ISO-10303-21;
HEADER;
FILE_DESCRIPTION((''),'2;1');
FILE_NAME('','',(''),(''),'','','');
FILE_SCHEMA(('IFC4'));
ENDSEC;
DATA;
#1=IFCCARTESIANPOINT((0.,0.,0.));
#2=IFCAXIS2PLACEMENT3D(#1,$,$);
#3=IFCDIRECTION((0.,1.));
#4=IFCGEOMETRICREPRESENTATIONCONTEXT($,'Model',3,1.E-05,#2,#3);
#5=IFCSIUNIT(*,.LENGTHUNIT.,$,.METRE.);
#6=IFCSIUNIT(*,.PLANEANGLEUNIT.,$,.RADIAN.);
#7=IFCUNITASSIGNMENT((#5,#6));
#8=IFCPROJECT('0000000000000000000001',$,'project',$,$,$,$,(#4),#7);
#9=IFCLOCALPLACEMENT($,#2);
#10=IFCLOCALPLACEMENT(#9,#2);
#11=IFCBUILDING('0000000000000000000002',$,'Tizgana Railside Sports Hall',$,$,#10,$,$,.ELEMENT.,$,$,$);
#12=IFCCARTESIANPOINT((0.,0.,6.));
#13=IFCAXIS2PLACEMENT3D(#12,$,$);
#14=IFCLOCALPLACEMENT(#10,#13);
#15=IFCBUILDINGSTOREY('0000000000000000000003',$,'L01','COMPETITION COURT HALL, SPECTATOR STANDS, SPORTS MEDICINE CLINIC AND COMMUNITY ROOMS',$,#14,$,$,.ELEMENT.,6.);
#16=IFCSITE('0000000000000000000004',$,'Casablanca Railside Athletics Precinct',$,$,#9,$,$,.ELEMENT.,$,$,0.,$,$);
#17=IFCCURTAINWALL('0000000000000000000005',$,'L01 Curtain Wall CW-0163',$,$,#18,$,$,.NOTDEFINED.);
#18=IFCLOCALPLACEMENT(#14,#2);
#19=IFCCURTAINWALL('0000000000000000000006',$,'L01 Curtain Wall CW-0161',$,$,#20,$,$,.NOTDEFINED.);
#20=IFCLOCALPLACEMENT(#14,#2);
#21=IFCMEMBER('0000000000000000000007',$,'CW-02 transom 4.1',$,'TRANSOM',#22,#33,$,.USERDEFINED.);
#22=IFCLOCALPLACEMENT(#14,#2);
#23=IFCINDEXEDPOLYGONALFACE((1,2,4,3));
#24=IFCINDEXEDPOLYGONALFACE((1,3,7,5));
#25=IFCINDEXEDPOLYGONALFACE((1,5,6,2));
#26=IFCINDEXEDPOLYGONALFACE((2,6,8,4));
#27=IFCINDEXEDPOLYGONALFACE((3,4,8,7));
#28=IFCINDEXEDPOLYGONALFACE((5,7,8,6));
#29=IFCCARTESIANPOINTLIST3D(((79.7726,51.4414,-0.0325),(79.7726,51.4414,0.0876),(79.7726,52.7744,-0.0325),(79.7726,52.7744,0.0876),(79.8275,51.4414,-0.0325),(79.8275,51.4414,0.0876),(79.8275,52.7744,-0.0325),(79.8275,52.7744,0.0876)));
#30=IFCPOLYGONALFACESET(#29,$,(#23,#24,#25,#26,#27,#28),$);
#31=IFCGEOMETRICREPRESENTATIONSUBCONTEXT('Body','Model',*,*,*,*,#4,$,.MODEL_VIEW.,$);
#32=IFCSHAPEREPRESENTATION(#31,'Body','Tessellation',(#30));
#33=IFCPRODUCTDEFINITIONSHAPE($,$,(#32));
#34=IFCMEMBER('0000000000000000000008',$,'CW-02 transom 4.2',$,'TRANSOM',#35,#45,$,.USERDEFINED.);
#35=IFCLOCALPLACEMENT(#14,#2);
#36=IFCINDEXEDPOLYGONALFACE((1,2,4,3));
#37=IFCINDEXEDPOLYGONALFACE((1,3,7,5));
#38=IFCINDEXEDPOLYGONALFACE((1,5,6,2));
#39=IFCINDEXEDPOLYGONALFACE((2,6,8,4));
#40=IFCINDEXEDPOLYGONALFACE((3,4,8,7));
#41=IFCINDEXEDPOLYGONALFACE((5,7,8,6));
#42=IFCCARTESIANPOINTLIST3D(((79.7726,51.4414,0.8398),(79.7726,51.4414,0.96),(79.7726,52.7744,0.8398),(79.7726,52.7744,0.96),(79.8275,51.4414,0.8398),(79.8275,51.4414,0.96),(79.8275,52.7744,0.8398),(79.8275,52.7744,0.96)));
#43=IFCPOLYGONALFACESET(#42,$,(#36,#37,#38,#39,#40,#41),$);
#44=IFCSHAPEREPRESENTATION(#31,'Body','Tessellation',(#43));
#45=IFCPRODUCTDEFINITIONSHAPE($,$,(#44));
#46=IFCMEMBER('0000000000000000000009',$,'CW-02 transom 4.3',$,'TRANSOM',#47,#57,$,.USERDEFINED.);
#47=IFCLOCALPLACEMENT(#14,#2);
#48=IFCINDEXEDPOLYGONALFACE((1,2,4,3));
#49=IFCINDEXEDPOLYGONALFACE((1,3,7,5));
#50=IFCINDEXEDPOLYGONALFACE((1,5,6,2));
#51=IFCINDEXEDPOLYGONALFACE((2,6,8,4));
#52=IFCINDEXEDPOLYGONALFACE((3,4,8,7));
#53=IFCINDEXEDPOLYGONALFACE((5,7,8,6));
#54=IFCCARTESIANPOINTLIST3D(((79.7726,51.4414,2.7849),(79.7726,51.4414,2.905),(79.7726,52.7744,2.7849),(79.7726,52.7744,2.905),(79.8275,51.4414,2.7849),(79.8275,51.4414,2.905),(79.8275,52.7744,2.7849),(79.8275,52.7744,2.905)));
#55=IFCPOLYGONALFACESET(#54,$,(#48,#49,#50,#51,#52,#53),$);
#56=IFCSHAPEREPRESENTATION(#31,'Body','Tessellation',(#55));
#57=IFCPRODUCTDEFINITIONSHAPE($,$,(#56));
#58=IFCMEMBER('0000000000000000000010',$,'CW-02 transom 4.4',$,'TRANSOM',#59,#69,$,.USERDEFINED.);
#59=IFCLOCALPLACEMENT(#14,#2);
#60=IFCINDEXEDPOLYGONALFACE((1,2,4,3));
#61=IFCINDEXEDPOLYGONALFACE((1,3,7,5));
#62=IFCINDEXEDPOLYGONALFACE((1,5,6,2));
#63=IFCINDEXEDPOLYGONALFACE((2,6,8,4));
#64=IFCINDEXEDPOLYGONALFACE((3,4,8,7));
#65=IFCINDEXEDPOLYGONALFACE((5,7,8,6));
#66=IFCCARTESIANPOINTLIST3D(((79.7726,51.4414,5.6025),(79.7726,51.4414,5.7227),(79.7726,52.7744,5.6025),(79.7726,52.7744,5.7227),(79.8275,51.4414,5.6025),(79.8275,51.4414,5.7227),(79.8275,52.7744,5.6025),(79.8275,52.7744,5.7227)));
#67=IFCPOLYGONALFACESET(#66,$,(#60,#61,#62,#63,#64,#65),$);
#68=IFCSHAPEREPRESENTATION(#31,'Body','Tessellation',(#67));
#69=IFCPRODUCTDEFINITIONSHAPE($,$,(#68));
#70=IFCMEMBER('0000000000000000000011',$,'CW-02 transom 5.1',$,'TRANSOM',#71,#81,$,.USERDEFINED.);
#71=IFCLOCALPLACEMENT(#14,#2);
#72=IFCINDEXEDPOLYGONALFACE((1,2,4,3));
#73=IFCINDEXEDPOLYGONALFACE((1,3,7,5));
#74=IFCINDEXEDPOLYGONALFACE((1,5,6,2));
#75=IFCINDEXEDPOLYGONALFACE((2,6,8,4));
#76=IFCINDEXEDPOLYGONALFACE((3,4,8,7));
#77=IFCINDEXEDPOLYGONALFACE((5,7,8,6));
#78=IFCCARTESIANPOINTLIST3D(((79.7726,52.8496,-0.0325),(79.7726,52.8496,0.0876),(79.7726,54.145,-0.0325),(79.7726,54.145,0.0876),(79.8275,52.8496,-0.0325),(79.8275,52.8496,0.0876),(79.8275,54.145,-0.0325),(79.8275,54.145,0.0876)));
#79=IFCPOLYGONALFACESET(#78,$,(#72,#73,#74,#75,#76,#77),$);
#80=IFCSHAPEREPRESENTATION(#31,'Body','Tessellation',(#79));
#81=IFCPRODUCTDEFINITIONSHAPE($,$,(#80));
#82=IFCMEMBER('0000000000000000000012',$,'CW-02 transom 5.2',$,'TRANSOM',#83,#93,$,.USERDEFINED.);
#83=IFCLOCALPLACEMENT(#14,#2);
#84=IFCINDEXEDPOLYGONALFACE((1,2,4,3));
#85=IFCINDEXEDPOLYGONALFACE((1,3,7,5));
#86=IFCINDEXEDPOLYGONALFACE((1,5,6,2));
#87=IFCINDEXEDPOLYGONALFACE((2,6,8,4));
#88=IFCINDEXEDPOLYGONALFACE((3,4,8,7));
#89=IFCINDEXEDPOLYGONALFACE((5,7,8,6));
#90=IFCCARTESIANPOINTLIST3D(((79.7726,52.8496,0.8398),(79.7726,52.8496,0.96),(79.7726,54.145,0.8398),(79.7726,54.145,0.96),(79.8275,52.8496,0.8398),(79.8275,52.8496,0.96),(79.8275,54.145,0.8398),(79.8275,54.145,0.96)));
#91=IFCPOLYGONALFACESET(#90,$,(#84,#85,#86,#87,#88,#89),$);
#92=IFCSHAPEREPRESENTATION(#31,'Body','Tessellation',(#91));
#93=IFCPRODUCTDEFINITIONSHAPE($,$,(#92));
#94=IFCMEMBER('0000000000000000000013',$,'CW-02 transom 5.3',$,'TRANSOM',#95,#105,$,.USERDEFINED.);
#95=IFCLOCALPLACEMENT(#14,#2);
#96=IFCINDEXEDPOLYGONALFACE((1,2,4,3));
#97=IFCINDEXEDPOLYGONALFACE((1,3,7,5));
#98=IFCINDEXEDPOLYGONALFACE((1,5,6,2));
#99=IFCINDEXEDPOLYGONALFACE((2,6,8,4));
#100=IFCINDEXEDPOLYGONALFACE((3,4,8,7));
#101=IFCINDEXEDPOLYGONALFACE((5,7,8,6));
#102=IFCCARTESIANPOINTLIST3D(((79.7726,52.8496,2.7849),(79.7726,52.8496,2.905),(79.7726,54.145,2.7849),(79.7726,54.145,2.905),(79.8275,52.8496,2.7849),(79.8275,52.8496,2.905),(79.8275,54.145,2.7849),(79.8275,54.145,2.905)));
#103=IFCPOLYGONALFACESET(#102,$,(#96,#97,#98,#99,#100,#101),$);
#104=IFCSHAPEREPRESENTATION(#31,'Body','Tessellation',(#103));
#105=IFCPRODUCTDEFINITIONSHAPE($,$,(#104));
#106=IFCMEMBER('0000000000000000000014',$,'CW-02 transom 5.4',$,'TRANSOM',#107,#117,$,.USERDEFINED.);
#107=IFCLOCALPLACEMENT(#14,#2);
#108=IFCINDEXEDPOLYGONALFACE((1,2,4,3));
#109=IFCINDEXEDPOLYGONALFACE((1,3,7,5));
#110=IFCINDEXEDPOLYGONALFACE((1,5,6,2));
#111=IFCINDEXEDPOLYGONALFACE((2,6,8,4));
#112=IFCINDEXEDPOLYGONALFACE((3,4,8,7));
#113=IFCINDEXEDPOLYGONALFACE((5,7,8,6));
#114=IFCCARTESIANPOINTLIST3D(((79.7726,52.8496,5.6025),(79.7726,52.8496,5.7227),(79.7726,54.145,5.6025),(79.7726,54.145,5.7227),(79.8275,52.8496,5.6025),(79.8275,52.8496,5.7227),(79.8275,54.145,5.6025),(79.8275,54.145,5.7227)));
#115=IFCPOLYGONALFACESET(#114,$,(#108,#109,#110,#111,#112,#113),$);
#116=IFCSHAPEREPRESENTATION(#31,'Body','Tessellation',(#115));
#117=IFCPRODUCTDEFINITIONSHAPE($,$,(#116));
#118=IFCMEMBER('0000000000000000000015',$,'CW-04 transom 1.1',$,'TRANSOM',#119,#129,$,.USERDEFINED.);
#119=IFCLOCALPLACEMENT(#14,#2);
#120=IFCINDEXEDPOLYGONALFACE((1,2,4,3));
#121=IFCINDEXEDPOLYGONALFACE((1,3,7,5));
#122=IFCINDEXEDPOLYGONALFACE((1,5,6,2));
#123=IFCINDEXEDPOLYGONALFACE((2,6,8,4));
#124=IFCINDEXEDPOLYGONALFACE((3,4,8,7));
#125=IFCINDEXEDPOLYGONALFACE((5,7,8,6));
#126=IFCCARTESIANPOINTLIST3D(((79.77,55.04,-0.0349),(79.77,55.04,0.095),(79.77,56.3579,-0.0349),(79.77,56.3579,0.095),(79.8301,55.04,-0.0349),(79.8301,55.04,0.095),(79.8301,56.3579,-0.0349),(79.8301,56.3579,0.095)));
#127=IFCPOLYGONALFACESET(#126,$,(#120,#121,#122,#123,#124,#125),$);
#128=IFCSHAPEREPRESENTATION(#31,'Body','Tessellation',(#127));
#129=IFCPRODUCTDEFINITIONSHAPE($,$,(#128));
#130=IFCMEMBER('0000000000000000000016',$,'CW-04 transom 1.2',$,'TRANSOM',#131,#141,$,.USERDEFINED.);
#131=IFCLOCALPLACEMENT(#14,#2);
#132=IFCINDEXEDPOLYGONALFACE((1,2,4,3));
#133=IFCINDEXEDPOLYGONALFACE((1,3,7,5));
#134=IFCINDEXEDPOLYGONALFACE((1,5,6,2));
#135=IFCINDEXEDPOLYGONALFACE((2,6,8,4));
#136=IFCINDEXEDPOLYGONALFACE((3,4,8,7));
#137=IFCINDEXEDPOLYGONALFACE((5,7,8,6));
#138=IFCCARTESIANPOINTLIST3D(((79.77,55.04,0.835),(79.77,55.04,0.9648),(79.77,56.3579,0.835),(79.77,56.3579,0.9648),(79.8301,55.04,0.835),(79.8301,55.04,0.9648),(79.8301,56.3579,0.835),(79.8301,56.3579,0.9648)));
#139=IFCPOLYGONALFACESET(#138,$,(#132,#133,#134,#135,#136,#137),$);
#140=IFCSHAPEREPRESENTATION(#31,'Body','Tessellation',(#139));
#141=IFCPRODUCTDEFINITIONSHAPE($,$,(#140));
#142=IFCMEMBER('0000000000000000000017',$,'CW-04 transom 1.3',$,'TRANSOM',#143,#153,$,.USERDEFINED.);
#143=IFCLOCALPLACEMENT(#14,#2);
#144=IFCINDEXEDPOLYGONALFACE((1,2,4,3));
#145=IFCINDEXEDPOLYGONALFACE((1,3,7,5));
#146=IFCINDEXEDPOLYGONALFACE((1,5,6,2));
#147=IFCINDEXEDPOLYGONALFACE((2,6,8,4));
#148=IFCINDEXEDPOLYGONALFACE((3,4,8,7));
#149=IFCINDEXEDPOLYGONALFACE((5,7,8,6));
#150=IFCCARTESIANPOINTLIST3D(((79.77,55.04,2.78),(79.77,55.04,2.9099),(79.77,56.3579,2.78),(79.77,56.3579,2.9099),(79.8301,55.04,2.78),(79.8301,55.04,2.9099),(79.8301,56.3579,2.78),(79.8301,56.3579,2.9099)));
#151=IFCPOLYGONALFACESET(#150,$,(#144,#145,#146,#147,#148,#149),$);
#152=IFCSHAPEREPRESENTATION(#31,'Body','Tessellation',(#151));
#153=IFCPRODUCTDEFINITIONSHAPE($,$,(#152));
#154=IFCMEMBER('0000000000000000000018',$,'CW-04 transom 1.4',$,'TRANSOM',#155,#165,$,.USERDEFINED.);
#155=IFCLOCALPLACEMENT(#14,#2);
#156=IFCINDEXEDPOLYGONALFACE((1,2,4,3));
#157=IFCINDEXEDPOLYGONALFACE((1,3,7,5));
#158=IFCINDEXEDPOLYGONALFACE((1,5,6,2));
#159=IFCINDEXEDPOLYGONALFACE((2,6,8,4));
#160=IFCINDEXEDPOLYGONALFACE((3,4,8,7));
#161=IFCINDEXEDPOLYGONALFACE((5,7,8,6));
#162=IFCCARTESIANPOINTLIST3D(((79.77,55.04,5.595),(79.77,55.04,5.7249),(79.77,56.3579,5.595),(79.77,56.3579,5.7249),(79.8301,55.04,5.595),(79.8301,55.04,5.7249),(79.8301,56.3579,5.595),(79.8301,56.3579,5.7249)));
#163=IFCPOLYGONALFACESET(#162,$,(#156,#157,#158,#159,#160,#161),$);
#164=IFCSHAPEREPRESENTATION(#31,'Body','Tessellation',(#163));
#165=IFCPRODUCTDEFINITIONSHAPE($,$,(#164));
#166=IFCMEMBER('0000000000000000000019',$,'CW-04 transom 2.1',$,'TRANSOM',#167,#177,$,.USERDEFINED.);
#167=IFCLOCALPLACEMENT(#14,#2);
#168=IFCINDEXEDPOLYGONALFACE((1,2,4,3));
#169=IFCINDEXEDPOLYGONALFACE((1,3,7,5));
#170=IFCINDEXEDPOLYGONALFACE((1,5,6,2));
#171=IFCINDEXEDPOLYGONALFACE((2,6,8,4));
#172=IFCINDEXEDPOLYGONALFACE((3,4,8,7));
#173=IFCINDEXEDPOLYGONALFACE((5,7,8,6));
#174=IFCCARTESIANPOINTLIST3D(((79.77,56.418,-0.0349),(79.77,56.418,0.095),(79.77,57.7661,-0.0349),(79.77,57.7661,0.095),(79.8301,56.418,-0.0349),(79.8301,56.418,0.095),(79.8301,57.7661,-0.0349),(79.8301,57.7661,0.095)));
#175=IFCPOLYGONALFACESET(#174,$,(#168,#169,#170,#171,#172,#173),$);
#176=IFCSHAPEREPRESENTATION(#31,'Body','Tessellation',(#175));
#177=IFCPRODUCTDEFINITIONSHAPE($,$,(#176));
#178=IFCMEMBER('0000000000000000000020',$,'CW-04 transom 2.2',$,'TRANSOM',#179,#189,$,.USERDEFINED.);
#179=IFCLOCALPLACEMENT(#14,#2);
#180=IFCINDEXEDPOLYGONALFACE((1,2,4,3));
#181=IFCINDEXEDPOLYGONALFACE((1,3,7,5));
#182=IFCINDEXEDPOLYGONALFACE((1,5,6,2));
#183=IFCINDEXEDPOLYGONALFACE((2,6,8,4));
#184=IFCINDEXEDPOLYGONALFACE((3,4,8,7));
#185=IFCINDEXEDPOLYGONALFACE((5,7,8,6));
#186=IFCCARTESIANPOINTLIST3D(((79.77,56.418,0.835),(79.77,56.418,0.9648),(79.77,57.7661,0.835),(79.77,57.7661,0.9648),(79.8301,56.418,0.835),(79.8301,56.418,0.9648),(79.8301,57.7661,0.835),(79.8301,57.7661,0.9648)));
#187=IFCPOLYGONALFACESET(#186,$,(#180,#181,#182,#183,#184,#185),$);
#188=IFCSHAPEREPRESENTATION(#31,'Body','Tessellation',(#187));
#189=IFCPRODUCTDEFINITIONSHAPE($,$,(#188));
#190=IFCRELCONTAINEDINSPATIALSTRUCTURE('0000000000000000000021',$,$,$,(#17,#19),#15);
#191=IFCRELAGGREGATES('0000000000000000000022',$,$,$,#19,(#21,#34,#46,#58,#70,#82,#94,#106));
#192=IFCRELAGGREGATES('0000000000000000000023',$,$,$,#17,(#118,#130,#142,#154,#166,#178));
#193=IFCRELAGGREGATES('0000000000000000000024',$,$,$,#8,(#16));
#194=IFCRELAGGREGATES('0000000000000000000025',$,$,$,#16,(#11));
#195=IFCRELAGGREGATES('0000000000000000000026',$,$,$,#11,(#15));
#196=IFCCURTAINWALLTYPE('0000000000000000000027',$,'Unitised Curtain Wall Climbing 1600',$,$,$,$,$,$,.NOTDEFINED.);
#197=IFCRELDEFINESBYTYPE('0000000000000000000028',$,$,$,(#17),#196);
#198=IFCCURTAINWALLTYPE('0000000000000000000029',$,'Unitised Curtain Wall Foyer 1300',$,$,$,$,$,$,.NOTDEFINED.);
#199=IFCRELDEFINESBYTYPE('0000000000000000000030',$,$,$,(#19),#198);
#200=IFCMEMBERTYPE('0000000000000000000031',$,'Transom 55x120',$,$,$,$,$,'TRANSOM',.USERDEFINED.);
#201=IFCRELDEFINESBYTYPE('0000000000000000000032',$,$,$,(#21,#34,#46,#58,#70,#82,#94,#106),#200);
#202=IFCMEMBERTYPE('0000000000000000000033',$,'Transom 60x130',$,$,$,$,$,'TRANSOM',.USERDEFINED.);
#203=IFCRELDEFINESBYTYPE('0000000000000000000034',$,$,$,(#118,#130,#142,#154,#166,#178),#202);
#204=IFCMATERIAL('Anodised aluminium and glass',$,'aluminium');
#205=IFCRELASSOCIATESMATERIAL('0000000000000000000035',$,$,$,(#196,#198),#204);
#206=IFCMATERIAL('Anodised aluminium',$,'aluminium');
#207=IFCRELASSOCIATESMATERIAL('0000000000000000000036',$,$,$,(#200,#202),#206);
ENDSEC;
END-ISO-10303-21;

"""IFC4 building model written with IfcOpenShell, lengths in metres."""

from ifc_helpers import new_model, si_unit, direction, frame, origin, origin_2d, place, context, subcontext, project, spatial, rectangle, extrude, material, material_profile, profile_set, type_object, element, aggregate, save


model = new_model("IFC4")

# Units and contexts
model_context = context("Model", 3, precision=1e-05, world=origin(), true_north=direction((0.0, 1.0)))
body_context = subcontext(model_context, "Body", "Model", "MODEL_VIEW")
ifc_project = project(units=[si_unit("LENGTHUNIT", "METRE"), si_unit("PLANEANGLEUNIT", "RADIAN")], contexts=[model_context])

# Site, building, storey
site_placement = place(None, origin())
site = spatial("IfcSite", under=ifc_project, at=site_placement, Name="Casablanca Railside Athletics Precinct", CompositionType="ELEMENT", RefElevation=0.0)
building_placement = place(site_placement, origin())
building = spatial("IfcBuilding", under=site, at=building_placement, Name="Tizgana Railside Sports Hall", CompositionType="ELEMENT")
storey_placement = place(building_placement, frame((0.0, 0.0, 6.0)))
storey = spatial("IfcBuildingStorey", under=building, at=storey_placement, Name="L01", Description="COMPETITION COURT HALL, SPECTATOR STANDS, SPORTS MEDICINE CLINIC AND COMMUNITY ROOMS", CompositionType="ELEMENT", Elevation=6.0)

# Curtain walls
ifc_material_1 = material(Name="Anodised aluminium and glass", Category="aluminium")
curtain_wall_type_1 = type_object("IfcCurtainWallType", Name="Unitised Curtain Wall Climbing 1600", PredefinedType="NOTDEFINED", material=ifc_material_1)
curtain_wall_1_placement = place(storey_placement, origin())
curtain_wall_1 = element("IfcCurtainWall", 1, at=curtain_wall_1_placement, inside=storey, type_object=curtain_wall_type_1, Name="L01 Curtain Wall CW-0163", PredefinedType="NOTDEFINED")
ifc_material_2 = material(Name="Anodised aluminium", Category="aluminium")
curtain_wall_type_2 = type_object("IfcCurtainWallType", Name="Unitised Curtain Wall Foyer 1300", PredefinedType="NOTDEFINED", material=ifc_material_1)
curtain_wall_2_placement = place(storey_placement, origin())
curtain_wall_2 = element("IfcCurtainWall", 2, at=curtain_wall_2_placement, inside=storey, type_object=curtain_wall_type_2, Name="L01 Curtain Wall CW-0161", PredefinedType="NOTDEFINED")

# Members
ifc_material_profile_1 = material_profile(ifc_material_2, rectangle(XDim=0.0549, YDim=0.1201, at=origin_2d()), Name="Transom 55x120")
ifc_profile_set_1 = profile_set([ifc_material_profile_1], Name="Anodised aluminium")
member_type_1 = type_object("IfcMemberType", Name="Transom 55x120", ElementType="TRANSOM", PredefinedType="USERDEFINED", material=ifc_profile_set_1)
member_1_placement = place(storey_placement, frame((79.8, 51.4414, 0.0276), z_axis=(0.0, 1.0, 0.0), x_axis=(-1.0, 0.0, 0.0)))
member_1 = element("IfcMember", 3, at=member_1_placement, type_object=member_type_1, Name="CW-02 transom 4.1", ObjectType="TRANSOM", PredefinedType="USERDEFINED", context=body_context, shape_type="SweptSolid", body=[
    extrude(rectangle(XDim=0.0549, YDim=0.1201, at=origin_2d()), origin(), (0.0, 0.0, 1.0), 1.333),
])
member_2_placement = place(storey_placement, frame((79.8, 51.4414, 0.8999), z_axis=(0.0, 1.0, 0.0), x_axis=(-1.0, 0.0, 0.0)))
member_2 = element("IfcMember", 4, at=member_2_placement, type_object=member_type_1, Name="CW-02 transom 4.2", ObjectType="TRANSOM", PredefinedType="USERDEFINED", context=body_context, shape_type="SweptSolid", body=[
    extrude(rectangle(XDim=0.0549, YDim=0.1201, at=origin_2d()), origin(), (0.0, 0.0, 1.0), 1.333),
])
member_3_placement = place(storey_placement, frame((79.8, 51.4414, 2.845), z_axis=(0.0, 1.0, 0.0), x_axis=(-1.0, 0.0, 0.0)))
member_3 = element("IfcMember", 5, at=member_3_placement, type_object=member_type_1, Name="CW-02 transom 4.3", ObjectType="TRANSOM", PredefinedType="USERDEFINED", context=body_context, shape_type="SweptSolid", body=[
    extrude(rectangle(XDim=0.0549, YDim=0.1201, at=origin_2d()), origin(), (0.0, 0.0, 1.0), 1.333),
])
member_4_placement = place(storey_placement, frame((79.8, 51.4414, 5.6626), z_axis=(0.0, 1.0, 0.0), x_axis=(-1.0, 0.0, 0.0)))
member_4 = element("IfcMember", 6, at=member_4_placement, type_object=member_type_1, Name="CW-02 transom 4.4", ObjectType="TRANSOM", PredefinedType="USERDEFINED", context=body_context, shape_type="SweptSolid", body=[
    extrude(rectangle(XDim=0.0549, YDim=0.1201, at=origin_2d()), origin(), (0.0, 0.0, 1.0), 1.333),
])
member_5_placement = place(storey_placement, frame((79.8, 52.8496, 0.0276), z_axis=(0.0, 1.0, 0.0), x_axis=(-1.0, 0.0, 0.0)))
member_5 = element("IfcMember", 7, at=member_5_placement, type_object=member_type_1, Name="CW-02 transom 5.1", ObjectType="TRANSOM", PredefinedType="USERDEFINED", context=body_context, shape_type="SweptSolid", body=[
    extrude(rectangle(XDim=0.0549, YDim=0.1201, at=origin_2d()), origin(), (0.0, 0.0, 1.0), 1.2954),
])
member_6_placement = place(storey_placement, frame((79.8, 52.8496, 0.8999), z_axis=(0.0, 1.0, 0.0), x_axis=(-1.0, 0.0, 0.0)))
member_6 = element("IfcMember", 8, at=member_6_placement, type_object=member_type_1, Name="CW-02 transom 5.2", ObjectType="TRANSOM", PredefinedType="USERDEFINED", context=body_context, shape_type="SweptSolid", body=[
    extrude(rectangle(XDim=0.0549, YDim=0.1201, at=origin_2d()), origin(), (0.0, 0.0, 1.0), 1.2954),
])
member_7_placement = place(storey_placement, frame((79.8, 52.8496, 2.845), z_axis=(0.0, 1.0, 0.0), x_axis=(-1.0, 0.0, 0.0)))
member_7 = element("IfcMember", 9, at=member_7_placement, type_object=member_type_1, Name="CW-02 transom 5.3", ObjectType="TRANSOM", PredefinedType="USERDEFINED", context=body_context, shape_type="SweptSolid", body=[
    extrude(rectangle(XDim=0.0549, YDim=0.1201, at=origin_2d()), origin(), (0.0, 0.0, 1.0), 1.2954),
])
member_8_placement = place(storey_placement, frame((79.8, 52.8496, 5.6626), z_axis=(0.0, 1.0, 0.0), x_axis=(-1.0, 0.0, 0.0)))
member_8 = element("IfcMember", 10, at=member_8_placement, type_object=member_type_1, Name="CW-02 transom 5.4", ObjectType="TRANSOM", PredefinedType="USERDEFINED", context=body_context, shape_type="SweptSolid", body=[
    extrude(rectangle(XDim=0.0549, YDim=0.1201, at=origin_2d()), origin(), (0.0, 0.0, 1.0), 1.2954),
])
ifc_material_profile_2 = material_profile(ifc_material_2, rectangle(XDim=0.0601, YDim=0.1299, at=origin_2d()), Name="Transom 60x130")
ifc_profile_set_2 = profile_set([ifc_material_profile_2], Name="Anodised aluminium")
member_type_2 = type_object("IfcMemberType", Name="Transom 60x130", ElementType="TRANSOM", PredefinedType="USERDEFINED", material=ifc_profile_set_2)
member_9_placement = place(storey_placement, frame((79.8, 55.04, 0.03), z_axis=(0.0, 1.0, 0.0), x_axis=(-1.0, 0.0, 0.0)))
member_9 = element("IfcMember", 11, at=member_9_placement, type_object=member_type_2, Name="CW-04 transom 1.1", ObjectType="TRANSOM", PredefinedType="USERDEFINED", context=body_context, shape_type="SweptSolid", body=[
    extrude(rectangle(XDim=0.0601, YDim=0.1299, at=origin_2d()), origin(), (0.0, 0.0, 1.0), 1.3179),
])
member_10_placement = place(storey_placement, frame((79.8, 55.04, 0.8999), z_axis=(0.0, 1.0, 0.0), x_axis=(-1.0, 0.0, 0.0)))
member_10 = element("IfcMember", 12, at=member_10_placement, type_object=member_type_2, Name="CW-04 transom 1.2", ObjectType="TRANSOM", PredefinedType="USERDEFINED", context=body_context, shape_type="SweptSolid", body=[
    extrude(rectangle(XDim=0.0601, YDim=0.1299, at=origin_2d()), origin(), (0.0, 0.0, 1.0), 1.3179),
])
member_11_placement = place(storey_placement, frame((79.8, 55.04, 2.845), z_axis=(0.0, 1.0, 0.0), x_axis=(-1.0, 0.0, 0.0)))
member_11 = element("IfcMember", 13, at=member_11_placement, type_object=member_type_2, Name="CW-04 transom 1.3", ObjectType="TRANSOM", PredefinedType="USERDEFINED", context=body_context, shape_type="SweptSolid", body=[
    extrude(rectangle(XDim=0.0601, YDim=0.1299, at=origin_2d()), origin(), (0.0, 0.0, 1.0), 1.3179),
])
member_12_placement = place(storey_placement, frame((79.8, 55.04, 5.6599), z_axis=(0.0, 1.0, 0.0), x_axis=(-1.0, 0.0, 0.0)))
member_12 = element("IfcMember", 14, at=member_12_placement, type_object=member_type_2, Name="CW-04 transom 1.4", ObjectType="TRANSOM", PredefinedType="USERDEFINED", context=body_context, shape_type="SweptSolid", body=[
    extrude(rectangle(XDim=0.0601, YDim=0.1299, at=origin_2d()), origin(), (0.0, 0.0, 1.0), 1.3179),
])
member_13_placement = place(storey_placement, frame((79.8, 56.418, 0.03), z_axis=(0.0, 1.0, 0.0), x_axis=(-1.0, 0.0, 0.0)))
member_13 = element("IfcMember", 15, at=member_13_placement, type_object=member_type_2, Name="CW-04 transom 2.1", ObjectType="TRANSOM", PredefinedType="USERDEFINED", context=body_context, shape_type="SweptSolid", body=[
    extrude(rectangle(XDim=0.0601, YDim=0.1299, at=origin_2d()), origin(), (0.0, 0.0, 1.0), 1.3481),
])
member_14_placement = place(storey_placement, frame((79.8, 56.418, 0.8999), z_axis=(0.0, 1.0, 0.0), x_axis=(-1.0, 0.0, 0.0)))
member_14 = element("IfcMember", 16, at=member_14_placement, type_object=member_type_2, Name="CW-04 transom 2.2", ObjectType="TRANSOM", PredefinedType="USERDEFINED", context=body_context, shape_type="SweptSolid", body=[
    extrude(rectangle(XDim=0.0601, YDim=0.1299, at=origin_2d()), origin(), (0.0, 0.0, 1.0), 1.3481),
])

aggregate(curtain_wall_2, [member_1, member_2, member_3, member_4, member_5, member_6, member_7, member_8])
aggregate(curtain_wall_1, [member_9, member_10, member_11, member_12, member_13, member_14])

save(model, "model.ifc")
